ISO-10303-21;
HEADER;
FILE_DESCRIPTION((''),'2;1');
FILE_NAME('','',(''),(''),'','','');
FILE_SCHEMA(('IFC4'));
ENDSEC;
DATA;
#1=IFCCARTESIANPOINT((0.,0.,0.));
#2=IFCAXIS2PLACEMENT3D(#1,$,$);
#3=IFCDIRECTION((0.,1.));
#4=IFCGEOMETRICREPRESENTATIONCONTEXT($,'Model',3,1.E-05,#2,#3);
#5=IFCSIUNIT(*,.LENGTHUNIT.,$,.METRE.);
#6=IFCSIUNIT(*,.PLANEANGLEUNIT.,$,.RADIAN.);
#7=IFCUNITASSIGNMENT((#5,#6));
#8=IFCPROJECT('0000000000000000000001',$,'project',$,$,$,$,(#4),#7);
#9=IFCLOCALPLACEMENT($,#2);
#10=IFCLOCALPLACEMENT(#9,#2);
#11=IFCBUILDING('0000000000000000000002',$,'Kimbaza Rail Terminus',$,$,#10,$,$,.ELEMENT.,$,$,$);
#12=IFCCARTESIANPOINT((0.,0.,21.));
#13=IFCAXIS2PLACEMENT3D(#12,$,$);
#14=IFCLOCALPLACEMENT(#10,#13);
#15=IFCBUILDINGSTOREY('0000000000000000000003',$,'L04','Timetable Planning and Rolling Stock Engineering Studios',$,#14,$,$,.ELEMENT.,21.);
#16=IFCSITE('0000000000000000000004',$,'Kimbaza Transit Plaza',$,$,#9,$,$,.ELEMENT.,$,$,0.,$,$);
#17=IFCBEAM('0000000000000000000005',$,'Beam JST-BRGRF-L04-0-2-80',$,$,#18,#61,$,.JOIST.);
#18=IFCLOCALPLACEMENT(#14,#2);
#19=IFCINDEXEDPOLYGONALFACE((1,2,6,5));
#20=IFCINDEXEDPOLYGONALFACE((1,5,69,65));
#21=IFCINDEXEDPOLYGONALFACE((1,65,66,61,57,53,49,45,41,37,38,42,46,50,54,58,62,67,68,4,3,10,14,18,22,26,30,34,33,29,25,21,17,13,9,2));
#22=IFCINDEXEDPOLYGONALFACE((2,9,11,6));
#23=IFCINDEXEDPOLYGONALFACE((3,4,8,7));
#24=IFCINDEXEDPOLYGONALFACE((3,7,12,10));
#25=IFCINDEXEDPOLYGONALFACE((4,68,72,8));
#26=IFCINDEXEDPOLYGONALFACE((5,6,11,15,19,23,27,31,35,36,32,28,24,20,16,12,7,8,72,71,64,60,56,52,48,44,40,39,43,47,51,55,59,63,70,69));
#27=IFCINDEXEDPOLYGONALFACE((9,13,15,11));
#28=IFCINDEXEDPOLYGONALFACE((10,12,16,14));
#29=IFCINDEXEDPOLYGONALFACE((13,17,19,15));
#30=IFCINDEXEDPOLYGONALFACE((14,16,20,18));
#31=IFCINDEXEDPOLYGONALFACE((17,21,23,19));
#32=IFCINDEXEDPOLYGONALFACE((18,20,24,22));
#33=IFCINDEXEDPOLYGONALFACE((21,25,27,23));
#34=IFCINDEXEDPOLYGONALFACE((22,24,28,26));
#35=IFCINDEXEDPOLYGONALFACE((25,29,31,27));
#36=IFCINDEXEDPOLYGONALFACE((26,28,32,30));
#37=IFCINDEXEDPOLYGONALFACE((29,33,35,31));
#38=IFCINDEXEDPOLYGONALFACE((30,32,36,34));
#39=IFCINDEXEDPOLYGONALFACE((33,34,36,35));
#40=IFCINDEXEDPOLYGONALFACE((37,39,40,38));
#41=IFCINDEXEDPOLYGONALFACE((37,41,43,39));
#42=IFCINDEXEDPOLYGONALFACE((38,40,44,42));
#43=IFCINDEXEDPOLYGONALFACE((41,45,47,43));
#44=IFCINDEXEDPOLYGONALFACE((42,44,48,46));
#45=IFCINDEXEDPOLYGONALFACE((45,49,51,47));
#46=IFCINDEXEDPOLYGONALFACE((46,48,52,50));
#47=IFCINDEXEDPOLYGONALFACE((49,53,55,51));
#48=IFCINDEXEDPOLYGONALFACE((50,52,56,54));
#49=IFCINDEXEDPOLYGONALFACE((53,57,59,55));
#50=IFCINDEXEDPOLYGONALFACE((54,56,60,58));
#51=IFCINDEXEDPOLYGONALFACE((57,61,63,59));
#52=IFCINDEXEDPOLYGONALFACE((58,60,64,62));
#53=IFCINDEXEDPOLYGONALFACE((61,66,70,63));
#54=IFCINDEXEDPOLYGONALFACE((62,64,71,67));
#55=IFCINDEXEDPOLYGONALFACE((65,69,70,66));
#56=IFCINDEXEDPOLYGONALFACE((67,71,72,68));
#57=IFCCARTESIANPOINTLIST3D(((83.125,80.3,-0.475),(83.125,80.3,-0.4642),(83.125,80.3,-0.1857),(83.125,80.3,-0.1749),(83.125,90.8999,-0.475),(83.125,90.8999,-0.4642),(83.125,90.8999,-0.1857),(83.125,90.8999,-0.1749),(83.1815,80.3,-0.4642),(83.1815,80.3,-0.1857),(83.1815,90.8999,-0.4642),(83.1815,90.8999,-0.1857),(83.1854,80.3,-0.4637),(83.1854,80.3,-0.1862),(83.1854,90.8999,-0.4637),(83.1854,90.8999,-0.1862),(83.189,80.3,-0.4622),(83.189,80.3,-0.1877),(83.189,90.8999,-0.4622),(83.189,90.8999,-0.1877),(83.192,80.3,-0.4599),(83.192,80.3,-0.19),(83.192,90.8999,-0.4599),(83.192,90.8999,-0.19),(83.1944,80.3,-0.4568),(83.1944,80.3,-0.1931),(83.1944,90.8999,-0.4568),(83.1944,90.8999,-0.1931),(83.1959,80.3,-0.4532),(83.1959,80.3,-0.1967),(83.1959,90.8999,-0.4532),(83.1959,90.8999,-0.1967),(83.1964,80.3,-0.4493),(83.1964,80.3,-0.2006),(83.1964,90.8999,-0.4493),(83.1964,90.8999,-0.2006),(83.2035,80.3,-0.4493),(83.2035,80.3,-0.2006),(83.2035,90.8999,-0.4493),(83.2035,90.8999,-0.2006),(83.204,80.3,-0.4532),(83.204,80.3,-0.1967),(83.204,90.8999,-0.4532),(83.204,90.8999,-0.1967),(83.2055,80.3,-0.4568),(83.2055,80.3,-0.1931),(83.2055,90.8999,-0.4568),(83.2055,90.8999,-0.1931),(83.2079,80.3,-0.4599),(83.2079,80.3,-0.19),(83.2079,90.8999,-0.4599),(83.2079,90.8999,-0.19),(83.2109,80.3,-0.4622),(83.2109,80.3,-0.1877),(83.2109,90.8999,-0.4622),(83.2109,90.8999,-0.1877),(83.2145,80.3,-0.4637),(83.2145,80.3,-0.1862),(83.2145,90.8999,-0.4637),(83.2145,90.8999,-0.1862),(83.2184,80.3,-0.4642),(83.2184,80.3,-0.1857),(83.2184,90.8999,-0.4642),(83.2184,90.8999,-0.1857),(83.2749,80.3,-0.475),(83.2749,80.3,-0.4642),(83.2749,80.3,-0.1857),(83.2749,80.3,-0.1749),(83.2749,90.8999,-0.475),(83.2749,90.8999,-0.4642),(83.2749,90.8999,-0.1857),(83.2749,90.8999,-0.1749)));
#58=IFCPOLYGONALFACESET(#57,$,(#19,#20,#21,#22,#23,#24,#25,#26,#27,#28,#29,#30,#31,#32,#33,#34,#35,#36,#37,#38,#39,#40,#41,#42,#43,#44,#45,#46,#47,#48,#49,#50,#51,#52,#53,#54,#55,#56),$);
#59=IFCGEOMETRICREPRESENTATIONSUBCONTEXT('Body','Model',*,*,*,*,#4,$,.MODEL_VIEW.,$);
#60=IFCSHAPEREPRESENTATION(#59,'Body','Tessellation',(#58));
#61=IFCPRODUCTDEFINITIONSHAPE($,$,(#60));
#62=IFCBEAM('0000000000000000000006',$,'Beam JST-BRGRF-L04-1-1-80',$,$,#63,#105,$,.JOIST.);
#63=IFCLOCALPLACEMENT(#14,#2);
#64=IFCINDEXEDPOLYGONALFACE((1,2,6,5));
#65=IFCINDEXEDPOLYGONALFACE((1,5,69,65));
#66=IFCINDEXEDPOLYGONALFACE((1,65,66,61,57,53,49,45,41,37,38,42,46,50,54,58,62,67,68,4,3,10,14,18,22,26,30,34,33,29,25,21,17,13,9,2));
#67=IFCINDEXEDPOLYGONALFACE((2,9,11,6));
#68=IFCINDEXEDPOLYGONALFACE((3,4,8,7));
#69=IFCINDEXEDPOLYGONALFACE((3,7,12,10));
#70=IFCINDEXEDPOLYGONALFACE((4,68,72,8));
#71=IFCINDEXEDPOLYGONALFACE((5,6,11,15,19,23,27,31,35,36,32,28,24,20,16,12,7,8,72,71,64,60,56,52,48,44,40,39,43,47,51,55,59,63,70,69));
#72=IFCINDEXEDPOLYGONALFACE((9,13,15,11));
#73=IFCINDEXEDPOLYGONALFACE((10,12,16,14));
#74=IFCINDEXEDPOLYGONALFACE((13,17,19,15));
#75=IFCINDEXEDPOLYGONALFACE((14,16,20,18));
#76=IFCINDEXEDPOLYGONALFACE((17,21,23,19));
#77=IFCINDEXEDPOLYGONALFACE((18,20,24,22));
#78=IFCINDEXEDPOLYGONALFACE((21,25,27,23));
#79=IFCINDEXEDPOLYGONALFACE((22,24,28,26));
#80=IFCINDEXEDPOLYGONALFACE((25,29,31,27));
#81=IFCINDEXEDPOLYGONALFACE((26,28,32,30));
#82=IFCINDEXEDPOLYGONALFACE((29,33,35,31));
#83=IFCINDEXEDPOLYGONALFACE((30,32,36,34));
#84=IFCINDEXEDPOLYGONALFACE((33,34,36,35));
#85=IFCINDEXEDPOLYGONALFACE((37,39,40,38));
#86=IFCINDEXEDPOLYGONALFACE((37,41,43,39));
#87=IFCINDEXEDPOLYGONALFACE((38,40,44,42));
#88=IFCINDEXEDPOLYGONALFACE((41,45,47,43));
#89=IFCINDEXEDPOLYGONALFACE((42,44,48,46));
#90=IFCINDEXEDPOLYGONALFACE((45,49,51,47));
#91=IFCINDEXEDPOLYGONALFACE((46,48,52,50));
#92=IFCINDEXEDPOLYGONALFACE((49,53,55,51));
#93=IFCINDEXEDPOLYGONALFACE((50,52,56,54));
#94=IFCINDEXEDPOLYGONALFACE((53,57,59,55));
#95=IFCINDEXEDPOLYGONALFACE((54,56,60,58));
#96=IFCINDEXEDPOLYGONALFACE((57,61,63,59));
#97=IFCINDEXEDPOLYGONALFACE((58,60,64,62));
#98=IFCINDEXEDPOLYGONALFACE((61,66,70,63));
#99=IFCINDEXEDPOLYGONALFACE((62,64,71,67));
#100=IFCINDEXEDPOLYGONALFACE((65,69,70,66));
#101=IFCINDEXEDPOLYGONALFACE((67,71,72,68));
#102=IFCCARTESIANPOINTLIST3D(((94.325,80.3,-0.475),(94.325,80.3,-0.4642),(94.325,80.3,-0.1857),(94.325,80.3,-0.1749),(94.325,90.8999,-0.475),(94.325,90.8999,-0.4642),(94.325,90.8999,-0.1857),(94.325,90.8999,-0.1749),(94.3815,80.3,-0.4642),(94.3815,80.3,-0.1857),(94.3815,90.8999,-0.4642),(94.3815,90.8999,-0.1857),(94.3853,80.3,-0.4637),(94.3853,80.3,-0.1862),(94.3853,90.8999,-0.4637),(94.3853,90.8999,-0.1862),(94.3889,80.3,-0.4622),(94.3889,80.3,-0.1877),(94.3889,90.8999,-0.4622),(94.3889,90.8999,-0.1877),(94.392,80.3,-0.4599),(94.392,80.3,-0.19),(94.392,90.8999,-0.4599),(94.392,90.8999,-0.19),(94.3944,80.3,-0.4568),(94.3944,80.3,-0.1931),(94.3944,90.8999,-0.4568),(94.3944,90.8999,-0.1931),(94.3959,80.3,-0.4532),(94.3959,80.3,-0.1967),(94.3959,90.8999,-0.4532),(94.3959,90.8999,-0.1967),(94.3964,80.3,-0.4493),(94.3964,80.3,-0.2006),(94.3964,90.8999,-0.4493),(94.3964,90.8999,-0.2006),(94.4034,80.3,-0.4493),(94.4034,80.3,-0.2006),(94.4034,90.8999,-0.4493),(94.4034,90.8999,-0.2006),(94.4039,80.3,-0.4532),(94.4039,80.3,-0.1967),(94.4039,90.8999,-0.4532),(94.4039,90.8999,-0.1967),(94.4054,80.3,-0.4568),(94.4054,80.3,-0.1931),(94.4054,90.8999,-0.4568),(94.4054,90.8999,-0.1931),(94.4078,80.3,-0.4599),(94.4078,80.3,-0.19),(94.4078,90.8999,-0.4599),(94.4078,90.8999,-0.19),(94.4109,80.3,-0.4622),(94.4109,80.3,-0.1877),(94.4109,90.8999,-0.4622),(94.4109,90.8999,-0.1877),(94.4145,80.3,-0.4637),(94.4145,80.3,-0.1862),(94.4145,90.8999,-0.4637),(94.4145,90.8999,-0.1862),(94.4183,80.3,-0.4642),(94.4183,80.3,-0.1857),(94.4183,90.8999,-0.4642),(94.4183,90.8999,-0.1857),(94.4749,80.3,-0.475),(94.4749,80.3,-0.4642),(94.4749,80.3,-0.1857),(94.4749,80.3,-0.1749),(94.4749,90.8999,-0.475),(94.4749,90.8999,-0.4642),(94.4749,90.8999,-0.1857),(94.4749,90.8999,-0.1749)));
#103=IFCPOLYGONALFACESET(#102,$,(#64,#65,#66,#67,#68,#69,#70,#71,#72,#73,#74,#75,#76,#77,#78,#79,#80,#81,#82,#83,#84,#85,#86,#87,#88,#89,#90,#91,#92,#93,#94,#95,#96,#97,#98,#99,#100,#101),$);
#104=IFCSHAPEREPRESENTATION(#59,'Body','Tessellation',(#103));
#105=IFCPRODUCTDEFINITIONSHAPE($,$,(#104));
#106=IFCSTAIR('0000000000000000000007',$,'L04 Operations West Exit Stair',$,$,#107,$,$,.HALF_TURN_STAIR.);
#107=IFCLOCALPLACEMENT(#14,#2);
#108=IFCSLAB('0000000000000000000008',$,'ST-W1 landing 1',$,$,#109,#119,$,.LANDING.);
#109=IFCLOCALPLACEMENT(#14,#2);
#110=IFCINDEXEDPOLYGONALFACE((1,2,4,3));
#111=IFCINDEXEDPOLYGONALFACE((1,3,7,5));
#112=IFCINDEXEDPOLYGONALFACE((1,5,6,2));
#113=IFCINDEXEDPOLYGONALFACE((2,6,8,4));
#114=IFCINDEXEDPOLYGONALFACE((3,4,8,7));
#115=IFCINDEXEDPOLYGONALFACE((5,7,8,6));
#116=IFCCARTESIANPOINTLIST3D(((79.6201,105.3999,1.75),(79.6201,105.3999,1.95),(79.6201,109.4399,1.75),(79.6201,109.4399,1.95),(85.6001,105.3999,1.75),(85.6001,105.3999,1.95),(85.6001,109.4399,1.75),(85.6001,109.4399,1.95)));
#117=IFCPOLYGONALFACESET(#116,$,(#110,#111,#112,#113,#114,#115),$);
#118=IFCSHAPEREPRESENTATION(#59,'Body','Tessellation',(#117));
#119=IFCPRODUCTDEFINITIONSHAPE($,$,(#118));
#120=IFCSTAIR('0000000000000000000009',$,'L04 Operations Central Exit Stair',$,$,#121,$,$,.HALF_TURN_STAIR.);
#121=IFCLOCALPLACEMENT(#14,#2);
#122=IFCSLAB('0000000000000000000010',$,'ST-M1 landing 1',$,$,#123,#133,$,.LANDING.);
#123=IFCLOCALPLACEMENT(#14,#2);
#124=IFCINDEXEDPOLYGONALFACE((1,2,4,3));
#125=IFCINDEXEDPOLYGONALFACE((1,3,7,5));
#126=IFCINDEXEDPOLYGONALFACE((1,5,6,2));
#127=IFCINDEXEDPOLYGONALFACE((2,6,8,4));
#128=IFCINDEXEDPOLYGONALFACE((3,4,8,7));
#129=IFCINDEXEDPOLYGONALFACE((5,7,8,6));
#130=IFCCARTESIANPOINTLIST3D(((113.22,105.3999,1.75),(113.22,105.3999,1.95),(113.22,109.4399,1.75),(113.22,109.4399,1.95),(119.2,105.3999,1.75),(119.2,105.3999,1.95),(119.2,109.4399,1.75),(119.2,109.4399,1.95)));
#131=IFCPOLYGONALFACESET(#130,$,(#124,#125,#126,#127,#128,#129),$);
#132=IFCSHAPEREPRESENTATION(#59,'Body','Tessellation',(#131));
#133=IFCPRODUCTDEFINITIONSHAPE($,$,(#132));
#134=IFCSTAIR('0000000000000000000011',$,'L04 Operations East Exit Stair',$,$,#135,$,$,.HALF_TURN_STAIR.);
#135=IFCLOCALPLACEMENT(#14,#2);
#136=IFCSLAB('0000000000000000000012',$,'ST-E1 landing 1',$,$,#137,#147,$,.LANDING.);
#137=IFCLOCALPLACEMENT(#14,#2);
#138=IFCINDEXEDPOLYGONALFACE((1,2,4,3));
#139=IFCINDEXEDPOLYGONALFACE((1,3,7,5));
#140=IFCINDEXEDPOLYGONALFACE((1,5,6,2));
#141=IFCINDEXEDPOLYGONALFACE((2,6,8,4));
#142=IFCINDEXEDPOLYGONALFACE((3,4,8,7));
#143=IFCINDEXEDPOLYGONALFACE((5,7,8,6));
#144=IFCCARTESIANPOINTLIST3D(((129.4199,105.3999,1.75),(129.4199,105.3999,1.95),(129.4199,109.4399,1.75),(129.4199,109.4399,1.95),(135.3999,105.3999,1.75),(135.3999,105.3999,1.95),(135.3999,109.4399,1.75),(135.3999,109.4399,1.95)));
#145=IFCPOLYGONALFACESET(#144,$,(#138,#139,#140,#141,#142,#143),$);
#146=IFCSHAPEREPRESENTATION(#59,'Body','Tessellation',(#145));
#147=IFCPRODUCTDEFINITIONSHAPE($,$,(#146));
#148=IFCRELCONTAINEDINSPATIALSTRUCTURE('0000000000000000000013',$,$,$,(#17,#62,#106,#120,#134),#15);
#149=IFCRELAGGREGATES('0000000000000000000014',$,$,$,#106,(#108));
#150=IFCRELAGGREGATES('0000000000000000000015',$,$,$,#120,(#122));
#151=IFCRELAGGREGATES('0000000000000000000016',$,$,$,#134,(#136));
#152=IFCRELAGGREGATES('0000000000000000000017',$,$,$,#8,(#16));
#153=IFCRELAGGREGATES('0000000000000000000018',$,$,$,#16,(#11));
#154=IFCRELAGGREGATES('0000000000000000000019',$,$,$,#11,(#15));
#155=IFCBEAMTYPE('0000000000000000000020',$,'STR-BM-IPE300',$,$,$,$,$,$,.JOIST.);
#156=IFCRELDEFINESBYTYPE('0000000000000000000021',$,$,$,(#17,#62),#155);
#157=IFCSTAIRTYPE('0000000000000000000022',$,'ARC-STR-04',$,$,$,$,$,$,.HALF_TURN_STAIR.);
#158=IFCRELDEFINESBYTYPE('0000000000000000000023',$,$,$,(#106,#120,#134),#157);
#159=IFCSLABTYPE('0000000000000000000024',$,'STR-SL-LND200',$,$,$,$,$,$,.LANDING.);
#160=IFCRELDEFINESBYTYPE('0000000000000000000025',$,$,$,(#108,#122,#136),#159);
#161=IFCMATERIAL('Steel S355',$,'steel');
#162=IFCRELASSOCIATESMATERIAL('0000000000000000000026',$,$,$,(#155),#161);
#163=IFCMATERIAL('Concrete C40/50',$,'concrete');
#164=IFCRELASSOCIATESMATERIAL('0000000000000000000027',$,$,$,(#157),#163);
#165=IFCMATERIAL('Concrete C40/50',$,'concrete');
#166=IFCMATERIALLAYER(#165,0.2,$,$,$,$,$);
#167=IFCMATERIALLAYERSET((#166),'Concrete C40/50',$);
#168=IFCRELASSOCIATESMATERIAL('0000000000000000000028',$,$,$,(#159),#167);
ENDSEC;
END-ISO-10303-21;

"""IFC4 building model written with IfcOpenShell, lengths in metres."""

from ifc_helpers import new_model, si_unit, direction, frame, origin, origin_2d, place, context, subcontext, project, spatial, polyline, i_section, outline, extrude, material, layer, layer_set, material_profile, profile_set, type_object, element, aggregate, save


model = new_model("IFC4")

# Units and contexts
model_context = context("Model", 3, precision=1e-05, world=origin(), true_north=direction((0.0, 1.0)))
body_context = subcontext(model_context, "Body", "Model", "MODEL_VIEW")
ifc_project = project(units=[si_unit("LENGTHUNIT", "METRE"), si_unit("PLANEANGLEUNIT", "RADIAN")], contexts=[model_context])

# Site, building, storey
site_placement = place(None, origin())
site = spatial("IfcSite", under=ifc_project, at=site_placement, Name="Kimbaza Transit Plaza", CompositionType="ELEMENT", RefElevation=0.0)
building_placement = place(site_placement, origin())
building = spatial("IfcBuilding", under=site, at=building_placement, Name="Kimbaza Rail Terminus", CompositionType="ELEMENT")
storey_placement = place(building_placement, frame((0.0, 0.0, 21.0)))
storey = spatial("IfcBuildingStorey", under=building, at=storey_placement, Name="L04", Description="Timetable Planning and Rolling Stock Engineering Studios", CompositionType="ELEMENT", Elevation=21.0)

# Beams
ifc_material_1 = material(Name="Steel S355", Category="steel")
ifc_material_profile_1 = material_profile(ifc_material_1, i_section(OverallWidth=0.1499, OverallDepth=0.3, WebThickness=0.0071, FlangeThickness=0.0107, FilletRadius=0.0149, at=origin_2d()), Name="IPE 300")
ifc_profile_set_1 = profile_set([ifc_material_profile_1], Name="Steel S355")
beam_type_1 = type_object("IfcBeamType", Name="STR-BM-IPE300", PredefinedType="JOIST", material=ifc_profile_set_1)
for number, where, z_axis, x_axis, name in (
    (1, (83.2, 80.3, -0.325), (0.0, 1.0, 0.0), (-1.0, 0.0, 0.0), "Beam JST-BRGRF-L04-0-2-80"),
    (2, (94.3999, 80.3, -0.325), (0.0, 1.0, 0.0), (-1.0, 0.0, 0.0), "Beam JST-BRGRF-L04-1-1-80"),
):
    element("IfcBeam", number, at=place(storey_placement, frame(where, z_axis=z_axis, x_axis=x_axis)), inside=storey, type_object=beam_type_1, Name=name, PredefinedType="JOIST", context=body_context, shape_type="SweptSolid", body=[
        extrude(i_section(OverallWidth=0.1499, OverallDepth=0.3, WebThickness=0.0071, FlangeThickness=0.0107, FilletRadius=0.0149, at=origin_2d()), origin(), (0.0, 0.0, 1.0), 10.5999),
    ])

# Stairs, slabs
ifc_material_2 = material(Name="Concrete C40/50", Category="concrete")
stair_type = type_object("IfcStairType", Name="ARC-STR-04", PredefinedType="HALF_TURN_STAIR", material=ifc_material_2)
stair_1_placement = place(storey_placement, origin())
stair_1 = element("IfcStair", 3, at=stair_1_placement, inside=storey, type_object=stair_type, Name="L04 Operations West Exit Stair", PredefinedType="HALF_TURN_STAIR")
ifc_material_3 = material(Name="Concrete C40/50", Category="concrete")
ifc_layer_1 = layer(ifc_material_3, 0.2)
ifc_layer_set_1 = layer_set([ifc_layer_1], Name="Concrete C40/50")
slab_type_1 = type_object("IfcSlabType", Name="STR-SL-LND200", PredefinedType="LANDING", material=ifc_layer_set_1)
slab_1_placement = place(storey_placement, frame((0.0, 0.0, 1.75)))
slab_1 = element("IfcSlab", 4, at=slab_1_placement, type_object=slab_type_1, Name="ST-W1 landing 1", PredefinedType="LANDING", context=body_context, shape_type="SweptSolid", body=[
    extrude(outline(polyline([(79.6201, 105.3999), (85.6001, 105.3999), (85.6001, 109.4399), (79.6201, 109.4399), (79.6201, 105.3999)])), origin(), (0.0, 0.0, 1.0), 0.2),
])
aggregate(stair_1, [slab_1])
stair_2_placement = place(storey_placement, origin())
stair_2 = element("IfcStair", 5, at=stair_2_placement, inside=storey, type_object=stair_type, Name="L04 Operations Central Exit Stair", PredefinedType="HALF_TURN_STAIR")
slab_2_placement = place(storey_placement, frame((0.0, 0.0, 1.75)))
slab_2 = element("IfcSlab", 6, at=slab_2_placement, type_object=slab_type_1, Name="ST-M1 landing 1", PredefinedType="LANDING", context=body_context, shape_type="SweptSolid", body=[
    extrude(outline(polyline([(113.22, 105.3999), (119.2, 105.3999), (119.2, 109.4399), (113.22, 109.4399), (113.22, 105.3999)])), origin(), (0.0, 0.0, 1.0), 0.2),
])
aggregate(stair_2, [slab_2])
stair_3_placement = place(storey_placement, origin())
stair_3 = element("IfcStair", 7, at=stair_3_placement, inside=storey, type_object=stair_type, Name="L04 Operations East Exit Stair", PredefinedType="HALF_TURN_STAIR")
slab_3_placement = place(storey_placement, frame((0.0, 0.0, 1.75)))
slab_3 = element("IfcSlab", 8, at=slab_3_placement, type_object=slab_type_1, Name="ST-E1 landing 1", PredefinedType="LANDING", context=body_context, shape_type="SweptSolid", body=[
    extrude(outline(polyline([(129.4199, 105.3999), (135.3999, 105.3999), (135.3999, 109.4399), (129.4199, 109.4399), (129.4199, 105.3999)])), origin(), (0.0, 0.0, 1.0), 0.2),
])
aggregate(stair_3, [slab_3])

save(model, "model.ifc")
